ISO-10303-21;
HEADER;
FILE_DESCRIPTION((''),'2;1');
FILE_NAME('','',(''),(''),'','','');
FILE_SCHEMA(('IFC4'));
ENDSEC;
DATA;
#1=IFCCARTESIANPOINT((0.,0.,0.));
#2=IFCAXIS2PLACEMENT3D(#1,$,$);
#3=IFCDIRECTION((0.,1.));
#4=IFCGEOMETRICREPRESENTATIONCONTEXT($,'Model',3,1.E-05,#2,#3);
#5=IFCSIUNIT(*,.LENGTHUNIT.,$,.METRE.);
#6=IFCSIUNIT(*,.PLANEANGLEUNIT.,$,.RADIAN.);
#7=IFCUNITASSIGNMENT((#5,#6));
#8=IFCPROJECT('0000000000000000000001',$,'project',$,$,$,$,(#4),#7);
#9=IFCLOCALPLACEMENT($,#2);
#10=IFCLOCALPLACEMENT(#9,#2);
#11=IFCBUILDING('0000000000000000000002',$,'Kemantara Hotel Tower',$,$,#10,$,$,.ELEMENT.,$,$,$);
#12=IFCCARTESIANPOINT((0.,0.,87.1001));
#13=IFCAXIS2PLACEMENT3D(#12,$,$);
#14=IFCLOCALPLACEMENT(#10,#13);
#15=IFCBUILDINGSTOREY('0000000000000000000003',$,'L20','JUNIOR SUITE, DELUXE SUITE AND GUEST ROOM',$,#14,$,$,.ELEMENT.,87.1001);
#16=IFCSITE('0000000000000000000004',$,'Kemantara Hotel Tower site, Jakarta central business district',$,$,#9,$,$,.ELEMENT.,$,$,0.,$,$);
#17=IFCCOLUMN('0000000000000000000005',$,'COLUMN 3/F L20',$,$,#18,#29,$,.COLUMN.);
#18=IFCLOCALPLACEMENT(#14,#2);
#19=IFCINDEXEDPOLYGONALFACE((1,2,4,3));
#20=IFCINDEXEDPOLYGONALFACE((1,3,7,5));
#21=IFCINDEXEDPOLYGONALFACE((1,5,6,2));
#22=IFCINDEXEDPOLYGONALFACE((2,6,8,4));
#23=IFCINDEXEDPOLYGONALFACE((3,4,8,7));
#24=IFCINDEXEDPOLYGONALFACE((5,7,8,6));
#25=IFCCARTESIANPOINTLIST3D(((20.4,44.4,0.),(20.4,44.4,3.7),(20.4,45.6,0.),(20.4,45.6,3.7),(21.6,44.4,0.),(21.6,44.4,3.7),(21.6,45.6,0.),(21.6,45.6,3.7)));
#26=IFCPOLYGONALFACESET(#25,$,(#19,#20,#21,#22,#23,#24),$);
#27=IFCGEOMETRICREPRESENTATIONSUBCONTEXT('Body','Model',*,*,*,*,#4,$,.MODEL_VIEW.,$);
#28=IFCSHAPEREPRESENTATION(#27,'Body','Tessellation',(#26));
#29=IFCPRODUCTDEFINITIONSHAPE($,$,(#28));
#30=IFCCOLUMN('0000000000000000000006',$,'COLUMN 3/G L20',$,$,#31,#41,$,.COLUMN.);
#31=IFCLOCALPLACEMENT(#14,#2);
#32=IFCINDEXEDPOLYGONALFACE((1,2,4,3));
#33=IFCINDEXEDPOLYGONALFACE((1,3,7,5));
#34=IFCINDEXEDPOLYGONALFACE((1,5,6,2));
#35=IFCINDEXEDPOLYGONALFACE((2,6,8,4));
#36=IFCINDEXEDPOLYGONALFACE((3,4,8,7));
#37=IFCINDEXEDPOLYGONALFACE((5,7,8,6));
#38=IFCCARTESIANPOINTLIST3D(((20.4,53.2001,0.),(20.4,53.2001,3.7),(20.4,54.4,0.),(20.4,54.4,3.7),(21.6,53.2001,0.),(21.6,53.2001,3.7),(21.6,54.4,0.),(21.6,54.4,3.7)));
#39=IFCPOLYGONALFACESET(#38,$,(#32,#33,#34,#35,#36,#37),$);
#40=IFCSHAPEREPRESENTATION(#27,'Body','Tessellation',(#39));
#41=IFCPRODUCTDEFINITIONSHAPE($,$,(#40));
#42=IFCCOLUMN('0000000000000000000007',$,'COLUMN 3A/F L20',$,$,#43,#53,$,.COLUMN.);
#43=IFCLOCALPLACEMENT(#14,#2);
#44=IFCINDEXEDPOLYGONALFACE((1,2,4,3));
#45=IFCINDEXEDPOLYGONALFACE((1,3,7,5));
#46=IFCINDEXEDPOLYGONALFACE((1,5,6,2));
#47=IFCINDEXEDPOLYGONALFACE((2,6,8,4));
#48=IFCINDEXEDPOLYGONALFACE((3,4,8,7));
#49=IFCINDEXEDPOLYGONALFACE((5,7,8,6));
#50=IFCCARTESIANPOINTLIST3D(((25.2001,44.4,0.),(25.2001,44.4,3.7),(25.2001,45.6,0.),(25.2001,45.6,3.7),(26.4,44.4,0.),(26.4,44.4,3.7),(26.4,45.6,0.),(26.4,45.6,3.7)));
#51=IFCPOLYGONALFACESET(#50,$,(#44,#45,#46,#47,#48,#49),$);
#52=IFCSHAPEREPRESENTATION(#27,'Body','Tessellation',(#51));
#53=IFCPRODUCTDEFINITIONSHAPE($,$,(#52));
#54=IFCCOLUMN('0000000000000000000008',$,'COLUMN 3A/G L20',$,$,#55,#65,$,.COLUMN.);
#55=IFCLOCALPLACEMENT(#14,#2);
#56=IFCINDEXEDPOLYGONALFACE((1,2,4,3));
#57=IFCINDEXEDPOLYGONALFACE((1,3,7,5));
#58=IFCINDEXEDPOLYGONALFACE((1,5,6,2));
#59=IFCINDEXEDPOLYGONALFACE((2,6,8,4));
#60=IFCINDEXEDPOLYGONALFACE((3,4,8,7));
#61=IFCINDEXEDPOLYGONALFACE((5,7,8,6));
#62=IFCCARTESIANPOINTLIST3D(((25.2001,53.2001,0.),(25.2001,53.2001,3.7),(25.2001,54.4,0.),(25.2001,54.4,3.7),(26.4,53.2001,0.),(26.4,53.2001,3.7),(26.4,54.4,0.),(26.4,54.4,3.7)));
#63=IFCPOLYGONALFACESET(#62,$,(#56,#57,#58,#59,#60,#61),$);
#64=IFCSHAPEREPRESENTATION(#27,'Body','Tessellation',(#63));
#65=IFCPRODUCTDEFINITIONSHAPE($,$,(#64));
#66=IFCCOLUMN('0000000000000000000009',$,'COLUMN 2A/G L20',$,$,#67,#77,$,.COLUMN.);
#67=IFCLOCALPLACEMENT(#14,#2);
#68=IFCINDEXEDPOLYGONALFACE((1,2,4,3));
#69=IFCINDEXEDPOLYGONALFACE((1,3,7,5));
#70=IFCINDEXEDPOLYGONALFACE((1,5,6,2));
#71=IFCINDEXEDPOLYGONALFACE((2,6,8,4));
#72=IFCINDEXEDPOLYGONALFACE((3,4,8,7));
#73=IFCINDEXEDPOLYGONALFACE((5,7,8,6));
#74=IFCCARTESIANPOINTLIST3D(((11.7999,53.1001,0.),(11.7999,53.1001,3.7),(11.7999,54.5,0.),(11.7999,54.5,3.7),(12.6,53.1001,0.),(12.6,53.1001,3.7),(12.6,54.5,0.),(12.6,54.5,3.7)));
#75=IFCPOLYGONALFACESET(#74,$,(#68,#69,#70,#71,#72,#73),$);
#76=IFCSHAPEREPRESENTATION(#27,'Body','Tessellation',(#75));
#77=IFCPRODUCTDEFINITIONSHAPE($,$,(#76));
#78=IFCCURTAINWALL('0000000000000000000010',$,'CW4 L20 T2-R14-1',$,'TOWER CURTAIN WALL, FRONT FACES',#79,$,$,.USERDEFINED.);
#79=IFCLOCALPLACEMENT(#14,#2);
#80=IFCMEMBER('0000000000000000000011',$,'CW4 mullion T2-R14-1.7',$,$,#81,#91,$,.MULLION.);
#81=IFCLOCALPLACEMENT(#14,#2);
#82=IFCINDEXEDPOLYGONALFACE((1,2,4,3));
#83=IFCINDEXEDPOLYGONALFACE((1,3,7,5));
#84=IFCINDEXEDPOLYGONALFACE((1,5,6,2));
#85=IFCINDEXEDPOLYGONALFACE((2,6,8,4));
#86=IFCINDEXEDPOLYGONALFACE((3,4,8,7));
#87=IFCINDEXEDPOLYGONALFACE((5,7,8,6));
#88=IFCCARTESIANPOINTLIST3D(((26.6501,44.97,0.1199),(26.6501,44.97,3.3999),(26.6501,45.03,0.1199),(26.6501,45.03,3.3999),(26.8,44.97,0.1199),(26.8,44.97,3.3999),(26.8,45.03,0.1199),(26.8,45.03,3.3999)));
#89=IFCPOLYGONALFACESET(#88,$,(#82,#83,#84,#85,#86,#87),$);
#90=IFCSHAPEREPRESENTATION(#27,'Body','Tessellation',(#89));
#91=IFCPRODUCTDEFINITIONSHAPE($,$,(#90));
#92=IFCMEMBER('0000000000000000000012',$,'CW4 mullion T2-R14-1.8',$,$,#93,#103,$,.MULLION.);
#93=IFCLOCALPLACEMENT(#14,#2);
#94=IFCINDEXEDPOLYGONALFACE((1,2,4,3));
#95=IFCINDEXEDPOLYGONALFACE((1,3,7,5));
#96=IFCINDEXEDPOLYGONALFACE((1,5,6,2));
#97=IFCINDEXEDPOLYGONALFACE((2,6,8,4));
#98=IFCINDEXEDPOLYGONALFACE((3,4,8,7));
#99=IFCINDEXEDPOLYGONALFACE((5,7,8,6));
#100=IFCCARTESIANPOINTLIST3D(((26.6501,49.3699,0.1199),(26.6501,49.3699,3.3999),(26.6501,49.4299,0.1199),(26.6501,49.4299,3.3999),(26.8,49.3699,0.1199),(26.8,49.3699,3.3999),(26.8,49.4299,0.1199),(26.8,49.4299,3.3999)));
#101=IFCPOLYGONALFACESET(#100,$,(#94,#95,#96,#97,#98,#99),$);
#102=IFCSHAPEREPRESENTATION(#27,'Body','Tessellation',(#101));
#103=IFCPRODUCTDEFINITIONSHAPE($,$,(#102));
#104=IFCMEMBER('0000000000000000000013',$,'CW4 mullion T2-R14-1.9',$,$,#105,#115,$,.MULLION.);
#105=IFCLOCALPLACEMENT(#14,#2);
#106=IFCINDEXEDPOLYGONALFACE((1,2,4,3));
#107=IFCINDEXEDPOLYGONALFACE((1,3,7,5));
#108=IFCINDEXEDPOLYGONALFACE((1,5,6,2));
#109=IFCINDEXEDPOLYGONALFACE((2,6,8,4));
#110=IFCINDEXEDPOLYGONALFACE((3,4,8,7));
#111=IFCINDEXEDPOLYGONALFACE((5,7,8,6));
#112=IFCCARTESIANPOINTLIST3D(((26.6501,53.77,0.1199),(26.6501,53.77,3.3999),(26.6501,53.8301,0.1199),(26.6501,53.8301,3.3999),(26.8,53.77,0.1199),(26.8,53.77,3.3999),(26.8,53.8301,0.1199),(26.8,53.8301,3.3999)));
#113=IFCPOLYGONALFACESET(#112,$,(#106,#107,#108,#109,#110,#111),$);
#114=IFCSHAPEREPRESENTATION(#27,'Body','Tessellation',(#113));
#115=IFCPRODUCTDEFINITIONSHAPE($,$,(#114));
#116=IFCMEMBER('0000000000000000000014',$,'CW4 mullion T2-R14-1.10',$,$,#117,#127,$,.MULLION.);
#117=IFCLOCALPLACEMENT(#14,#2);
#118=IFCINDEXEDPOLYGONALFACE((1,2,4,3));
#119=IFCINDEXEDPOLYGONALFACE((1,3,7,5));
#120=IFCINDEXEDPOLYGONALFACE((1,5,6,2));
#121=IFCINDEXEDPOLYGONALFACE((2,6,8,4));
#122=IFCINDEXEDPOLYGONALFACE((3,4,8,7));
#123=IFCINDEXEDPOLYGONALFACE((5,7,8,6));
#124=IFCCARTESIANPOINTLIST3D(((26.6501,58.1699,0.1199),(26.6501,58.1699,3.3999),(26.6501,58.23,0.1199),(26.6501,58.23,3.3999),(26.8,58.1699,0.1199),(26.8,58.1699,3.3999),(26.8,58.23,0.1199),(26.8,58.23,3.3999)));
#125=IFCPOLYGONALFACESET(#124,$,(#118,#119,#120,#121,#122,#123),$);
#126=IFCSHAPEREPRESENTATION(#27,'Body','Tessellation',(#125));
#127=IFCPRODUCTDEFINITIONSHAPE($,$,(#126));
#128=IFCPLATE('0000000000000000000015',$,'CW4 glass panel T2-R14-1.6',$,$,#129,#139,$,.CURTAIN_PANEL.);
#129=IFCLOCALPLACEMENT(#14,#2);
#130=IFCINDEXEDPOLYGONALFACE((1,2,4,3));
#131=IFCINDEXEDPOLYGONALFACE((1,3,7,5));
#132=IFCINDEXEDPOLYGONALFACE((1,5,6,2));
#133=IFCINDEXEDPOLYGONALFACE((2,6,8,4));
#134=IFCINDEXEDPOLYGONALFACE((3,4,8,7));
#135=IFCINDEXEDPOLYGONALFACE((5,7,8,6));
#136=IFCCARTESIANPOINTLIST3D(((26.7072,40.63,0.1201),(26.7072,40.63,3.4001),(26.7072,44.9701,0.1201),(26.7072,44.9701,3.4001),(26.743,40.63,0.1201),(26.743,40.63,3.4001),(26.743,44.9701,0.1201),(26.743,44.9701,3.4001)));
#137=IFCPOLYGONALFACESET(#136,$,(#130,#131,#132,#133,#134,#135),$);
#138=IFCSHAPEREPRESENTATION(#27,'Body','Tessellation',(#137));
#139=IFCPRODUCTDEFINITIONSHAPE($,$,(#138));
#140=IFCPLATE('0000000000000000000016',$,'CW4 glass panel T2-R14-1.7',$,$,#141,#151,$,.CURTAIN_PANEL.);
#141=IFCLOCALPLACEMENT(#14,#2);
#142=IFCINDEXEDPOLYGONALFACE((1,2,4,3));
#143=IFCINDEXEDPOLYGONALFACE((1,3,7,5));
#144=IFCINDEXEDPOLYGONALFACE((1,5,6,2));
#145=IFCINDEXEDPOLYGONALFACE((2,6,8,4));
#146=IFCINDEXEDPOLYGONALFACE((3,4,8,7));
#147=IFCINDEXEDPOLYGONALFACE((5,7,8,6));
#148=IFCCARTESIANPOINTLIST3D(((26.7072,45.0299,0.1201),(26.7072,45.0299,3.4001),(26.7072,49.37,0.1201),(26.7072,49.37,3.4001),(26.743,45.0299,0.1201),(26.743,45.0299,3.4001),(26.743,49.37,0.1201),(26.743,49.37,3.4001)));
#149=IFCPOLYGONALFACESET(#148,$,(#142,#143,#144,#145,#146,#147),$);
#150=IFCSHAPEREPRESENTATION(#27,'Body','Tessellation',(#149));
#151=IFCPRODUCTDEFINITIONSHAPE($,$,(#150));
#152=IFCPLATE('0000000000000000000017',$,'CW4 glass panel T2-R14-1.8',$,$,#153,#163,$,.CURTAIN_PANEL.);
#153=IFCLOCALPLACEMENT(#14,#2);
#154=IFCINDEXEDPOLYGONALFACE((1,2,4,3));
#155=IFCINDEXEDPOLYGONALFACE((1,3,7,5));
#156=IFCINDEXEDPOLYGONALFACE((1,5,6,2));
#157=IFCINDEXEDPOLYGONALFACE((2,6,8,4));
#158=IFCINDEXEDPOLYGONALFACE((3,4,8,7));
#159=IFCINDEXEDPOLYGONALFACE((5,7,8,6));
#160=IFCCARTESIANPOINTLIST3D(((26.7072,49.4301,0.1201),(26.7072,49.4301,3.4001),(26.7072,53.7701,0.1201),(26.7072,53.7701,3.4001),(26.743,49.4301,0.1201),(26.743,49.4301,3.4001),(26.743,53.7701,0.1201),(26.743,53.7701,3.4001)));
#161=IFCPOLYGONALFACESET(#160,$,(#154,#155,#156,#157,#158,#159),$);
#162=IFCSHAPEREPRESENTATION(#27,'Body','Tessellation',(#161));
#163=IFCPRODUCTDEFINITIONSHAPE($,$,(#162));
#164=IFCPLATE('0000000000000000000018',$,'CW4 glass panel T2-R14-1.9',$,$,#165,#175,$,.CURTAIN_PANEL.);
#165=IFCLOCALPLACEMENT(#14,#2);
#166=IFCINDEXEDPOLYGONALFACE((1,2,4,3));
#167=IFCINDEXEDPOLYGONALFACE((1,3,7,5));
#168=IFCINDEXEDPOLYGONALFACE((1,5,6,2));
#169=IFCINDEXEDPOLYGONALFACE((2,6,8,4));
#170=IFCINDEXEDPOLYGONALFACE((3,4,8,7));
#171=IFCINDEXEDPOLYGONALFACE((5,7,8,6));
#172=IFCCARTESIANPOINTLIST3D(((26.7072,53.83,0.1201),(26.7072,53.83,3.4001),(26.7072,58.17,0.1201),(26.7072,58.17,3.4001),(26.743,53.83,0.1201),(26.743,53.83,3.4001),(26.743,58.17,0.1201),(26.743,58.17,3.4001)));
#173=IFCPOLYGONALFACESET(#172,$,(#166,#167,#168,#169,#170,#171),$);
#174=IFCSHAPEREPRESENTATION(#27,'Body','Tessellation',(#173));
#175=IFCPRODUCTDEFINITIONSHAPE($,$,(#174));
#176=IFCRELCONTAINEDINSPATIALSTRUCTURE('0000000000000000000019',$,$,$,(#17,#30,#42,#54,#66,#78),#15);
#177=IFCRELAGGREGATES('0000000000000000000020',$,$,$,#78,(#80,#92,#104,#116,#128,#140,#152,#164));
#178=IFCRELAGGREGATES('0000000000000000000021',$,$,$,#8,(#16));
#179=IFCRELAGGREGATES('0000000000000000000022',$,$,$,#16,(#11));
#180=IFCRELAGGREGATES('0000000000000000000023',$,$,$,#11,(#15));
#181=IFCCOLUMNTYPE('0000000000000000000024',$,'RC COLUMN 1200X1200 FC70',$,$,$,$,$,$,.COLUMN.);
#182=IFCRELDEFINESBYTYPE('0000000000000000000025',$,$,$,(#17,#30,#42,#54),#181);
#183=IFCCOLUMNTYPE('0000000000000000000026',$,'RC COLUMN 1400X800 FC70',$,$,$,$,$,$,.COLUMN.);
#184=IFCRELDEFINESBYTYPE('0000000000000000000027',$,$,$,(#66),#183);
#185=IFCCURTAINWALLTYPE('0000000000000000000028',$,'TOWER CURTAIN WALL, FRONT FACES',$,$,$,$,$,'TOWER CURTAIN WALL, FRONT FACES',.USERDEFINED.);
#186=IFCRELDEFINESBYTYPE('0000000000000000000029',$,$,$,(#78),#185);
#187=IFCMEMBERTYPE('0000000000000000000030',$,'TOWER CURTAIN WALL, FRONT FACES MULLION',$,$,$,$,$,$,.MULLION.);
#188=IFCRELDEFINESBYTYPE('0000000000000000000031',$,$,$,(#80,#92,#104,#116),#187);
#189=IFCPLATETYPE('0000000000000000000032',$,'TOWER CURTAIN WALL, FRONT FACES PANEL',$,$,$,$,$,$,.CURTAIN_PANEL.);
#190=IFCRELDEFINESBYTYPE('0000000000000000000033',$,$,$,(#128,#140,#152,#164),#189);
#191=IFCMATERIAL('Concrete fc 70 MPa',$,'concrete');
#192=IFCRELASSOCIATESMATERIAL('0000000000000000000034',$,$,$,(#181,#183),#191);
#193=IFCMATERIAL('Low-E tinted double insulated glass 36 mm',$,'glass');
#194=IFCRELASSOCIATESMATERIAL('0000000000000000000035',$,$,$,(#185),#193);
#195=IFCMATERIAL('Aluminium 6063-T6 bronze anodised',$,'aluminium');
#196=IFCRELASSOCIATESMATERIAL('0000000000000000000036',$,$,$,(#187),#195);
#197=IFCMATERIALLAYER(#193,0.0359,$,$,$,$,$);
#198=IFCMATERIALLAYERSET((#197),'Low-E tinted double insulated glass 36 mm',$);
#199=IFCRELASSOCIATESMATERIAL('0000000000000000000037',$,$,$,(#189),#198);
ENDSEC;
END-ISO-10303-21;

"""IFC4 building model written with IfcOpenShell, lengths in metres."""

from ifc_helpers import new_model, si_unit, direction, frame, origin, origin_2d, place, context, subcontext, project, spatial, rectangle, extrude, source, transform, mapped, material, layer, layer_set, material_profile, profile_set, type_object, element, aggregate, save


model = new_model("IFC4")

# Units and contexts
model_context = context("Model", 3, precision=1e-05, world=origin(), true_north=direction((0.0, 1.0)))
body_context = subcontext(model_context, "Body", "Model", "MODEL_VIEW")
ifc_project = project(units=[si_unit("LENGTHUNIT", "METRE"), si_unit("PLANEANGLEUNIT", "RADIAN")], contexts=[model_context])

# Site, building, storey
site_placement = place(None, origin())
site = spatial("IfcSite", under=ifc_project, at=site_placement, Name="Kemantara Hotel Tower site, Jakarta central business district", CompositionType="ELEMENT", RefElevation=0.0)
building_placement = place(site_placement, origin())
building = spatial("IfcBuilding", under=site, at=building_placement, Name="Kemantara Hotel Tower", CompositionType="ELEMENT")
storey_placement = place(building_placement, frame((0.0, 0.0, 87.1001)))
storey = spatial("IfcBuildingStorey", under=building, at=storey_placement, Name="L20", Description="JUNIOR SUITE, DELUXE SUITE AND GUEST ROOM", CompositionType="ELEMENT", Elevation=87.1001)

# Columns
ifc_material_1 = material(Name="Concrete fc 70 MPa", Category="concrete")
ifc_material_profile_1 = material_profile(ifc_material_1, rectangle(XDim=1.2, YDim=1.2, at=origin_2d()), Name="RC 1200X1200")
ifc_profile_set_1 = profile_set([ifc_material_profile_1], Name="Concrete fc 70 MPa")
column_type_1 = type_object("IfcColumnType", Name="RC COLUMN 1200X1200 FC70", PredefinedType="COLUMN", material=ifc_profile_set_1)
for number, where, z_axis, x_axis, name in (
    (1, (21.0, 45.0, 0.0), (0.0, 0.0, 1.0), (1.0, 0.0, 0.0), "COLUMN 3/F L20"),
    (2, (21.0, 53.8, 0.0), (0.0, 0.0, 1.0), (1.0, 0.0, 0.0), "COLUMN 3/G L20"),
    (3, (25.8, 45.0, 0.0), (0.0, 0.0, 1.0), (1.0, 0.0, 0.0), "COLUMN 3A/F L20"),
    (4, (25.8, 53.8, 0.0), (0.0, 0.0, 1.0), (1.0, 0.0, 0.0), "COLUMN 3A/G L20"),
):
    element("IfcColumn", number, at=place(storey_placement, frame(where, z_axis=z_axis, x_axis=x_axis)), inside=storey, type_object=column_type_1, Name=name, PredefinedType="COLUMN", context=body_context, shape_type="SweptSolid", body=[
        extrude(rectangle(XDim=1.2, YDim=1.2, at=origin_2d()), origin(), (0.0, 0.0, 1.0), 3.7),
    ])
ifc_material_profile_2 = material_profile(ifc_material_1, rectangle(XDim=1.3999, YDim=0.8, at=origin_2d()), Name="RC 1400X800")
ifc_profile_set_2 = profile_set([ifc_material_profile_2], Name="Concrete fc 70 MPa")
column_type_2 = type_object("IfcColumnType", Name="RC COLUMN 1400X800 FC70", PredefinedType="COLUMN", material=ifc_profile_set_2)
column_placement = place(storey_placement, frame((12.2, 53.8, 0.0), z_axis=(0.0, 0.0, 1.0), x_axis=(0.0, 1.0, 0.0)))
element("IfcColumn", 5, at=column_placement, inside=storey, type_object=column_type_2, Name="COLUMN 2A/G L20", PredefinedType="COLUMN", context=body_context, shape_type="SweptSolid", body=[
    extrude(rectangle(XDim=1.3999, YDim=0.8, at=origin_2d()), origin(), (0.0, 0.0, 1.0), 3.7),
])

# Curtain wall, members, plates
ifc_material_2 = material(Name="Low-E tinted double insulated glass 36 mm", Category="glass")
curtain_wall_type = type_object("IfcCurtainWallType", Name="TOWER CURTAIN WALL, FRONT FACES", ElementType="TOWER CURTAIN WALL, FRONT FACES", PredefinedType="USERDEFINED", material=ifc_material_2)
curtain_wall_placement = place(storey_placement, origin())
curtain_wall = element("IfcCurtainWall", 6, at=curtain_wall_placement, inside=storey, type_object=curtain_wall_type, Name="CW4 L20 T2-R14-1", ObjectType="TOWER CURTAIN WALL, FRONT FACES", PredefinedType="USERDEFINED")
ifc_material_3 = material(Name="Aluminium 6063-T6 bronze anodised", Category="aluminium")
ifc_material_profile_3 = material_profile(ifc_material_3, rectangle(XDim=0.1499, YDim=0.0601, at=origin_2d()), Name="TOWER CURTAIN WALL, FRONT FACES MULLION")
ifc_profile_set_3 = profile_set([ifc_material_profile_3], Name="Aluminium 6063-T6 bronze anodised")
member_type = type_object("IfcMemberType", Name="TOWER CURTAIN WALL, FRONT FACES MULLION", PredefinedType="MULLION", material=ifc_profile_set_3)
shared_shape_1 = source(origin(), body_context, "Body", "SweptSolid", [
    extrude(rectangle(XDim=0.1499, YDim=0.0601, at=origin_2d()), origin(), (0.0, 0.0, 1.0), 3.28),
])
member_1_placement = place(storey_placement, frame((26.7251, 45.0, 0.1199), z_axis=(0.0, 0.0, 1.0), x_axis=(-1.0, 0.0, 0.0)))
member_1 = element("IfcMember", 7, at=member_1_placement, type_object=member_type, Name="CW4 mullion T2-R14-1.7", PredefinedType="MULLION", context=body_context, shape_type="MappedRepresentation", body=[
    mapped(shared_shape_1, transform((0.0, 0.0, 0.0))),
])
member_2_placement = place(storey_placement, frame((26.7251, 49.3999, 0.1199), z_axis=(0.0, 0.0, 1.0), x_axis=(-1.0, 0.0, 0.0)))
member_2 = element("IfcMember", 8, at=member_2_placement, type_object=member_type, Name="CW4 mullion T2-R14-1.8", PredefinedType="MULLION", context=body_context, shape_type="MappedRepresentation", body=[
    mapped(shared_shape_1, transform((0.0, 0.0, 0.0))),
])
member_3_placement = place(storey_placement, frame((26.7251, 53.8, 0.1199), z_axis=(0.0, 0.0, 1.0), x_axis=(-1.0, 0.0, 0.0)))
member_3 = element("IfcMember", 9, at=member_3_placement, type_object=member_type, Name="CW4 mullion T2-R14-1.9", PredefinedType="MULLION", context=body_context, shape_type="MappedRepresentation", body=[
    mapped(shared_shape_1, transform((0.0, 0.0, 0.0))),
])
member_4_placement = place(storey_placement, frame((26.7251, 58.2, 0.1199), z_axis=(0.0, 0.0, 1.0), x_axis=(-1.0, 0.0, 0.0)))
member_4 = element("IfcMember", 10, at=member_4_placement, type_object=member_type, Name="CW4 mullion T2-R14-1.10", PredefinedType="MULLION", context=body_context, shape_type="MappedRepresentation", body=[
    mapped(shared_shape_1, transform((0.0, 0.0, 0.0))),
])
ifc_layer_1 = layer(ifc_material_2, 0.0359)
ifc_layer_set_1 = layer_set([ifc_layer_1], Name="Low-E tinted double insulated glass 36 mm")
plate_type = type_object("IfcPlateType", Name="TOWER CURTAIN WALL, FRONT FACES PANEL", PredefinedType="CURTAIN_PANEL", material=ifc_layer_set_1)
shared_shape_2 = source(origin(), body_context, "Body", "SweptSolid", [
    extrude(rectangle(XDim=4.3401, YDim=0.0359, at=origin_2d()), origin(), (0.0, 0.0, 1.0), 3.28),
])
plate_1_placement = place(storey_placement, frame((26.7251, 42.8, 0.1201), z_axis=(0.0, 0.0, 1.0), x_axis=(0.0, 1.0, 0.0)))
plate_1 = element("IfcPlate", 11, at=plate_1_placement, type_object=plate_type, Name="CW4 glass panel T2-R14-1.6", PredefinedType="CURTAIN_PANEL", context=body_context, shape_type="MappedRepresentation", body=[
    mapped(shared_shape_2, transform((0.0, 0.0, 0.0))),
])
plate_2_placement = place(storey_placement, frame((26.7251, 47.2, 0.1201), z_axis=(0.0, 0.0, 1.0), x_axis=(0.0, 1.0, 0.0)))
plate_2 = element("IfcPlate", 12, at=plate_2_placement, type_object=plate_type, Name="CW4 glass panel T2-R14-1.7", PredefinedType="CURTAIN_PANEL", context=body_context, shape_type="MappedRepresentation", body=[
    mapped(shared_shape_2, transform((0.0, 0.0, 0.0))),
])
plate_3_placement = place(storey_placement, frame((26.7251, 51.6001, 0.1201), z_axis=(0.0, 0.0, 1.0), x_axis=(0.0, 1.0, 0.0)))
plate_3 = element("IfcPlate", 13, at=plate_3_placement, type_object=plate_type, Name="CW4 glass panel T2-R14-1.8", PredefinedType="CURTAIN_PANEL", context=body_context, shape_type="MappedRepresentation", body=[
    mapped(shared_shape_2, transform((0.0, 0.0, 0.0))),
])
plate_4_placement = place(storey_placement, frame((26.7251, 56.0, 0.1201), z_axis=(0.0, 0.0, 1.0), x_axis=(0.0, 1.0, 0.0)))
plate_4 = element("IfcPlate", 14, at=plate_4_placement, type_object=plate_type, Name="CW4 glass panel T2-R14-1.9", PredefinedType="CURTAIN_PANEL", context=body_context, shape_type="MappedRepresentation", body=[
    mapped(shared_shape_2, transform((0.0, 0.0, 0.0))),
])
aggregate(curtain_wall, [member_1, member_2, member_3, member_4, plate_1, plate_2, plate_3, plate_4])

save(model, "model.ifc")
